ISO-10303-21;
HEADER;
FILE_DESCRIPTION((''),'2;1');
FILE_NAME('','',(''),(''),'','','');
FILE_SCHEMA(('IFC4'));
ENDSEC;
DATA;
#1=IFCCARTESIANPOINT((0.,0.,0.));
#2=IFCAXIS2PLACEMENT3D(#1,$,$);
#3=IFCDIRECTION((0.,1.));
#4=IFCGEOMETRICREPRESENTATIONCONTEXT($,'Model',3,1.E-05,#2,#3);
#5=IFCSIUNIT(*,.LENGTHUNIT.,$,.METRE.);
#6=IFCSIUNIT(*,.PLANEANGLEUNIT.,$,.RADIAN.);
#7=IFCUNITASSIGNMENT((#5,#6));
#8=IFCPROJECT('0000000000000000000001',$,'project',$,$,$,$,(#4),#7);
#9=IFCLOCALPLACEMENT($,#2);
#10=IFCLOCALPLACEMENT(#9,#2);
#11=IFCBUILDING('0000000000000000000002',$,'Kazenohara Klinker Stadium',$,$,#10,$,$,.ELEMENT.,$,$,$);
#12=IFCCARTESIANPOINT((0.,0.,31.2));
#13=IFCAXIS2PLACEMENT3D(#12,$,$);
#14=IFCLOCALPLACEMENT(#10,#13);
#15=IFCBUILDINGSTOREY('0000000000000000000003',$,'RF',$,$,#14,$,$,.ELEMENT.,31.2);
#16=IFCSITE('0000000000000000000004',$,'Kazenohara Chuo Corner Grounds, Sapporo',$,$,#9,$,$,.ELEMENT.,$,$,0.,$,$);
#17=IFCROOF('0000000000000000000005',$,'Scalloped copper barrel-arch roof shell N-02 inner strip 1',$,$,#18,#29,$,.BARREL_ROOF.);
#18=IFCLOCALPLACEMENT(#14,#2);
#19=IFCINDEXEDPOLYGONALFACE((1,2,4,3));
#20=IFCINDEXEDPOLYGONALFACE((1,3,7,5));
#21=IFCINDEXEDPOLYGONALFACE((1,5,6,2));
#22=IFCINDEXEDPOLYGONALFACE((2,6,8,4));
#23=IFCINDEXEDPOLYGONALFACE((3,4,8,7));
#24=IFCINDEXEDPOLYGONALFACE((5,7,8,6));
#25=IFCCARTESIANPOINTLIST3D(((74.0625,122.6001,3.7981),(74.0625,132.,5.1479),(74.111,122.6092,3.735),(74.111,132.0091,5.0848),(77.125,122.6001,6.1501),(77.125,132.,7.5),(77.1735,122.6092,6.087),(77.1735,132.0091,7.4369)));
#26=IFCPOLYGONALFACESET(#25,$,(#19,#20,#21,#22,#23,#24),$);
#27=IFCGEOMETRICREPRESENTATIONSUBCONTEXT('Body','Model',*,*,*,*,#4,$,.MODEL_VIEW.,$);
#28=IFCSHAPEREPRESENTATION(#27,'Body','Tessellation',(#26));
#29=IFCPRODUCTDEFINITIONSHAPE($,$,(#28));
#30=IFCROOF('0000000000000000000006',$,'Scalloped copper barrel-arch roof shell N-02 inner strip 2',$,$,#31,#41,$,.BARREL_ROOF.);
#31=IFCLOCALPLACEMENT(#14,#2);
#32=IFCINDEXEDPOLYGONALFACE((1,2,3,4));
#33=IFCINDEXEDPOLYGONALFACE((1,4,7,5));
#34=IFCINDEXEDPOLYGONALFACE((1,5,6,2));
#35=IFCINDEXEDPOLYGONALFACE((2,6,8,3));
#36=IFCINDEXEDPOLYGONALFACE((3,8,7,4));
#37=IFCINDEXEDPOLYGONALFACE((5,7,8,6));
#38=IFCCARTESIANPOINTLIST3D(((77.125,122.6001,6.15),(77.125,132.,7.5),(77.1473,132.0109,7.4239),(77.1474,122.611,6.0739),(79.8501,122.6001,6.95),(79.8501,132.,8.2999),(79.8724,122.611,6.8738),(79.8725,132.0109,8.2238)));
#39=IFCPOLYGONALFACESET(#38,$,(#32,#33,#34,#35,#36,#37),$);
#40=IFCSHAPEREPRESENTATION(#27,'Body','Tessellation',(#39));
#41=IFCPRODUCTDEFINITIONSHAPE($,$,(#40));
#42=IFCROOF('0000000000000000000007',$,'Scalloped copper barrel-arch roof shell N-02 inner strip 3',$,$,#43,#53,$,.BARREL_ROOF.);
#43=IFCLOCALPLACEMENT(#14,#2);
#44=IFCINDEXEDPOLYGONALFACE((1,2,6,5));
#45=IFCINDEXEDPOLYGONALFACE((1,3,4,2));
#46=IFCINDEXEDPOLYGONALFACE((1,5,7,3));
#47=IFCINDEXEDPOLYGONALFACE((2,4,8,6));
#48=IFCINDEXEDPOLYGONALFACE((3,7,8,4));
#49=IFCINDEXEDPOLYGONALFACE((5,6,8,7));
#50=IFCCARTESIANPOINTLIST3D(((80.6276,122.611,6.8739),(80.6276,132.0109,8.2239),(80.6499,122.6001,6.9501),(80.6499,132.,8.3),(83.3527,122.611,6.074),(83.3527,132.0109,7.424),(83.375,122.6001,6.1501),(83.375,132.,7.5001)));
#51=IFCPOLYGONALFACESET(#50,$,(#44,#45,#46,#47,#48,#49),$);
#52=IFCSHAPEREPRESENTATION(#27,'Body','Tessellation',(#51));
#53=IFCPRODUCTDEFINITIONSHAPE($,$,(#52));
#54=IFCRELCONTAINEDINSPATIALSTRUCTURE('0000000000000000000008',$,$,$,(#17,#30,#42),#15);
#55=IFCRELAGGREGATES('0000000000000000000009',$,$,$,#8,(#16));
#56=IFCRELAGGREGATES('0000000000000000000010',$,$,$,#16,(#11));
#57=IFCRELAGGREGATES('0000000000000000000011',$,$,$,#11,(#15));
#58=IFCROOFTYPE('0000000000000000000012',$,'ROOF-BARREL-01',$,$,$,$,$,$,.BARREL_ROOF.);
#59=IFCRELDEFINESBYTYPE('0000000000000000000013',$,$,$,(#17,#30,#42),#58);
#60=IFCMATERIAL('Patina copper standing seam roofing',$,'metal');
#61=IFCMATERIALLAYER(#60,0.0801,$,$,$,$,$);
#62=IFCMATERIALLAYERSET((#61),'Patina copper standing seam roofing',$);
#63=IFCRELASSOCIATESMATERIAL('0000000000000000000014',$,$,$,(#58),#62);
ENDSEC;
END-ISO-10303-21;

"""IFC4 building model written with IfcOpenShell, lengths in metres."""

from ifc_helpers import new_model, si_unit, direction, frame, origin, place, context, subcontext, project, spatial, polyline, outline, extrude, material, layer, layer_set, type_object, element, save


model = new_model("IFC4")

# Units and contexts
model_context = context("Model", 3, precision=1e-05, world=origin(), true_north=direction((0.0, 1.0)))
body_context = subcontext(model_context, "Body", "Model", "MODEL_VIEW")
ifc_project = project(units=[si_unit("LENGTHUNIT", "METRE"), si_unit("PLANEANGLEUNIT", "RADIAN")], contexts=[model_context])

# Site, building, storey
site_placement = place(None, origin())
site = spatial("IfcSite", under=ifc_project, at=site_placement, Name="Kazenohara Chuo Corner Grounds, Sapporo", CompositionType="ELEMENT", RefElevation=0.0)
building_placement = place(site_placement, origin())
building = spatial("IfcBuilding", under=site, at=building_placement, Name="Kazenohara Klinker Stadium", CompositionType="ELEMENT")
storey_placement = place(building_placement, frame((0.0, 0.0, 31.2)))
storey = spatial("IfcBuildingStorey", under=building, at=storey_placement, Name="RF", CompositionType="ELEMENT", Elevation=31.2)

# Roofs
ifc_material_1 = material(Name="Patina copper standing seam roofing", Category="metal")
ifc_layer_1 = layer(ifc_material_1, 0.0801)
ifc_layer_set_1 = layer_set([ifc_layer_1], Name="Patina copper standing seam roofing")
roof_type = type_object("IfcRoofType", Name="ROOF-BARREL-01", PredefinedType="BARREL_ROOF", material=ifc_layer_set_1)
roof_1_placement = place(storey_placement, frame((74.0625, 132.0, 5.1479), z_axis=(-0.605193, -0.113158, 0.787995), x_axis=(0.0, -0.989846, -0.142145)))
element("IfcRoof", 1, at=roof_1_placement, inside=storey, type_object=roof_type, Name="Scalloped copper barrel-arch roof shell N-02 inner strip 1", PredefinedType="BARREL_ROOF", context=body_context, shape_type="SweptSolid", body=[
    extrude(outline(polyline([(0.0, 0.0), (9.4963, 0.0), (9.162, 3.847), (-0.3343, 3.847), (0.0, 0.0)])), origin(), (0.0, 0.0, -1.0), 0.0801),
])
roof_2_placement = place(storey_placement, frame((77.125, 132.0, 7.5), z_axis=(-0.27902, -0.136512, 0.950533), x_axis=(0.000003, -0.989844, -0.142156)))
element("IfcRoof", 2, at=roof_2_placement, inside=storey, type_object=roof_type, Name="Scalloped copper barrel-arch roof shell N-02 inner strip 2", PredefinedType="BARREL_ROOF", context=body_context, shape_type="SweptSolid", body=[
    extrude(outline(polyline([(0.0, 0.0), (9.4963, 0.0), (9.3826, 2.8378), (-0.1137, 2.8378), (0.0, 0.0)])), origin(), (0.0, 0.0, -1.0), 0.0801),
])
roof_3_placement = place(storey_placement, frame((80.6499, 132.0, 8.3), z_axis=(0.27902, -0.136512, 0.950533), x_axis=(0.000003, -0.989844, -0.142158)))
element("IfcRoof", 3, at=roof_3_placement, inside=storey, type_object=roof_type, Name="Scalloped copper barrel-arch roof shell N-02 inner strip 3", PredefinedType="BARREL_ROOF", context=body_context, shape_type="SweptSolid", body=[
    extrude(outline(polyline([(0.0, 0.0), (9.4964, 0.0), (9.6101, 2.8378), (0.1137, 2.8378), (0.0, 0.0)])), origin(), (0.0, 0.0, -1.0), 0.0801),
])

save(model, "model.ifc")
